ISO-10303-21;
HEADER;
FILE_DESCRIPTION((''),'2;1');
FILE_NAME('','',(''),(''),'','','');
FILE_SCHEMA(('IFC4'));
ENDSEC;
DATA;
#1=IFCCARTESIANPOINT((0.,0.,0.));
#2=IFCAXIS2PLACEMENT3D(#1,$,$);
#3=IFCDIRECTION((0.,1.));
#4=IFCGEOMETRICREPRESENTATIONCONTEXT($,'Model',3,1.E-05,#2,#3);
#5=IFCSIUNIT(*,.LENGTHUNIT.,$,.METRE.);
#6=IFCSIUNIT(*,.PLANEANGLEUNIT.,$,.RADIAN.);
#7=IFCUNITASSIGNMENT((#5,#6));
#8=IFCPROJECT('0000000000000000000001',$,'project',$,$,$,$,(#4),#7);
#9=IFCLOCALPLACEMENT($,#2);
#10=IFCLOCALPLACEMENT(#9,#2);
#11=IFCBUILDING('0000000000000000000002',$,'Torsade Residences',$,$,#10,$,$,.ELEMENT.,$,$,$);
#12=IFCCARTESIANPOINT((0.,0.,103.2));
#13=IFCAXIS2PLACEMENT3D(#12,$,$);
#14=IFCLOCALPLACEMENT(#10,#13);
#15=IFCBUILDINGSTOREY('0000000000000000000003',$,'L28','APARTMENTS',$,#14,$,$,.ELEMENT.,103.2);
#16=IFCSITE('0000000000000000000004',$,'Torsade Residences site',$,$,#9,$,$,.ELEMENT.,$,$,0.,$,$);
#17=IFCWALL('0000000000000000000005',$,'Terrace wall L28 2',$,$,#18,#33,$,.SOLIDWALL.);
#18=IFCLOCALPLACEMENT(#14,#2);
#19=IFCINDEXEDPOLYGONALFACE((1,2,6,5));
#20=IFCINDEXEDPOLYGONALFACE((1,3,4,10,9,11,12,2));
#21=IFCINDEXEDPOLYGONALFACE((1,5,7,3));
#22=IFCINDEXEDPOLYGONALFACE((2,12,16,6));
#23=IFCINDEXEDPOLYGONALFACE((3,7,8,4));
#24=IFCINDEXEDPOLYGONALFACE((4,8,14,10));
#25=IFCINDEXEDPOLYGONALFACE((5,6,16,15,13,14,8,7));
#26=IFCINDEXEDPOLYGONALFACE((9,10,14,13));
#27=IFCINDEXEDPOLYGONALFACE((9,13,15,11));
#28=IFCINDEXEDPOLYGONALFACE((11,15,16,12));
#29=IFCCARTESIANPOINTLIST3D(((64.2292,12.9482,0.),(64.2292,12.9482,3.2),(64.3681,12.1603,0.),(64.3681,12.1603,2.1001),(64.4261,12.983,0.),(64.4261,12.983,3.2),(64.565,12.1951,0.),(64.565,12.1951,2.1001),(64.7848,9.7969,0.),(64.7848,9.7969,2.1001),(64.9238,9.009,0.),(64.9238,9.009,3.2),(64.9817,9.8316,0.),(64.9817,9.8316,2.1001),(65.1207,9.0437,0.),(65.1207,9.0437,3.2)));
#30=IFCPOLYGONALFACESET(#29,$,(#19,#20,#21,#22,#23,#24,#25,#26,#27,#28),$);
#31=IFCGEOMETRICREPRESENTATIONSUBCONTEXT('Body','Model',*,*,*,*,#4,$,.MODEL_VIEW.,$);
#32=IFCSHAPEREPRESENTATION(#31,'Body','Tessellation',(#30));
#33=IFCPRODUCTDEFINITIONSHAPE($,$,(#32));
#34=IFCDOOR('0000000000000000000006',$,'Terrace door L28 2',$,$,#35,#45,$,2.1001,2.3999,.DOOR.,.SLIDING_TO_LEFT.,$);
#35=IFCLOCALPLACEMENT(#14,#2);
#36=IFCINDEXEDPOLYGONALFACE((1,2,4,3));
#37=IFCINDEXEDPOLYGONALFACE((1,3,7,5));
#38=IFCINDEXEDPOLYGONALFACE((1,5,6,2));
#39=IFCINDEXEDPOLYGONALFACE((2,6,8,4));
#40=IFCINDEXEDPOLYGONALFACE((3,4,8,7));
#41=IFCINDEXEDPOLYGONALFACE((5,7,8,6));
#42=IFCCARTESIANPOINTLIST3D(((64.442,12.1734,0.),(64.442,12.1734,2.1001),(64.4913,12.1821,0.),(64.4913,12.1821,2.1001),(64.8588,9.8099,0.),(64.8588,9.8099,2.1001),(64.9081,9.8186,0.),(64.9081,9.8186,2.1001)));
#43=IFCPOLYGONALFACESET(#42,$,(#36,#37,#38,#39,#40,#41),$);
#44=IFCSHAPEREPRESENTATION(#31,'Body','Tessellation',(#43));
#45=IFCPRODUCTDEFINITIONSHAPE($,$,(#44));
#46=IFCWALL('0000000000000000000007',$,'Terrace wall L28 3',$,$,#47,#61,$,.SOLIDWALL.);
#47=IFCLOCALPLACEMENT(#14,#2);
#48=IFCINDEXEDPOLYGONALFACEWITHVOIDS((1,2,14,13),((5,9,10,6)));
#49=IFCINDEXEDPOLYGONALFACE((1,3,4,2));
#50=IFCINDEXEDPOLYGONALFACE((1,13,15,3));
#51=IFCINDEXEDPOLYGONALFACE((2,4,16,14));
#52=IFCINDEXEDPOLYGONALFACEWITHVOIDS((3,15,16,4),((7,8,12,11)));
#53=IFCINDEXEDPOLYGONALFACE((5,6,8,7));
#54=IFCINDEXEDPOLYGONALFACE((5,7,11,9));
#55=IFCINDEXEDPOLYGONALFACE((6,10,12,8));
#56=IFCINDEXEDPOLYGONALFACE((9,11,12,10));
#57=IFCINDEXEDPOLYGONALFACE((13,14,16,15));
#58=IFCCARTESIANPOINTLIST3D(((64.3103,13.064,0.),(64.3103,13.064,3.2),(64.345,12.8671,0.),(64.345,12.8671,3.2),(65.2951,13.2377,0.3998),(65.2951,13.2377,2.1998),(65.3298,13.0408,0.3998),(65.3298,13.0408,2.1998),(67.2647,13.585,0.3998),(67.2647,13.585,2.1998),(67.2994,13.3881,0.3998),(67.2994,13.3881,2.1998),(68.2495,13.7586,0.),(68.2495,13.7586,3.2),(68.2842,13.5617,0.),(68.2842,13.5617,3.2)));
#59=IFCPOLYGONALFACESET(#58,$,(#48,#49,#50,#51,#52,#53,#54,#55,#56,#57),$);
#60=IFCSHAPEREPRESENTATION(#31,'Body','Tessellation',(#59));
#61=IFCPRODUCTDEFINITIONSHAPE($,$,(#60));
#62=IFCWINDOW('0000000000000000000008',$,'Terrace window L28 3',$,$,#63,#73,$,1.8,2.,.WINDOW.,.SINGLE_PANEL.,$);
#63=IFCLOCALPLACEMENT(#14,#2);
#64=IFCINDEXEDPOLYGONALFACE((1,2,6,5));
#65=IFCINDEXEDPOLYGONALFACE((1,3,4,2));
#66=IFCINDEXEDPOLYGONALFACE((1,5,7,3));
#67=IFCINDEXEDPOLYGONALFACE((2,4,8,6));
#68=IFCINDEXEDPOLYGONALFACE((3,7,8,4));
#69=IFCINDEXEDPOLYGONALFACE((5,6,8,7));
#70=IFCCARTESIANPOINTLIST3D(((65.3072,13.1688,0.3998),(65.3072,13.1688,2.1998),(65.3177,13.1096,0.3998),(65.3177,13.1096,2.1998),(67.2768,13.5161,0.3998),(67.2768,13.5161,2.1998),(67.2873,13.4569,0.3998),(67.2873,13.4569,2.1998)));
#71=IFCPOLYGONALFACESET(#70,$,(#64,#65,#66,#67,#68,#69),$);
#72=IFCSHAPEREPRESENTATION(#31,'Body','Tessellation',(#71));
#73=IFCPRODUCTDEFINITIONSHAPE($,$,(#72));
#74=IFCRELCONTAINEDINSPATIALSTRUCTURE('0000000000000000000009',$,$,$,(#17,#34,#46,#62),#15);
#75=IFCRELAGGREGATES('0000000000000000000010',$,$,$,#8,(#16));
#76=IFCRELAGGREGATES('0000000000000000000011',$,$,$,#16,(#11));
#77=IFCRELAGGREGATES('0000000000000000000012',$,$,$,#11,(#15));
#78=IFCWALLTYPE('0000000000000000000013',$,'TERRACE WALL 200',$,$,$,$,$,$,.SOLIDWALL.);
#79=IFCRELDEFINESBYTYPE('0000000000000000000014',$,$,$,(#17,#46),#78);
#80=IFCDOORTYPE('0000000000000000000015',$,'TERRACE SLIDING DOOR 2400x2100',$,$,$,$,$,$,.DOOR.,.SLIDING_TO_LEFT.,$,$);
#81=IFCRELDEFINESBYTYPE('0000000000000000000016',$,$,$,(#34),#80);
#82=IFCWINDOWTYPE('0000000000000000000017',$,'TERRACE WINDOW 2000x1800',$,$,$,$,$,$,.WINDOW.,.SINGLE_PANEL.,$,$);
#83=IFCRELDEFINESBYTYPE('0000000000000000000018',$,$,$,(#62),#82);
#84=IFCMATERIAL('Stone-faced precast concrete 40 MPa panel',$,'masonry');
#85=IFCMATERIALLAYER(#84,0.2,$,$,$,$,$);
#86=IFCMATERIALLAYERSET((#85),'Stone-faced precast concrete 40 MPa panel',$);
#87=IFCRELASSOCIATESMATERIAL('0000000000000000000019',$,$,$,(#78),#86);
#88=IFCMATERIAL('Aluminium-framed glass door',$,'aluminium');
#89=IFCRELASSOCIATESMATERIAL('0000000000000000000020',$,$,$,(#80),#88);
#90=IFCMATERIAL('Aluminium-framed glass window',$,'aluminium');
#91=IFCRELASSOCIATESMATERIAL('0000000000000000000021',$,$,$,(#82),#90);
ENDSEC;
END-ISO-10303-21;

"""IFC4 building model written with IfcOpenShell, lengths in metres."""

from ifc_helpers import new_model, si_unit, direction, frame, frame_2d, origin, place, context, subcontext, project, spatial, rectangle, extrude, material, layer, layer_set, type_object, element, fill, save


model = new_model("IFC4")

# Units and contexts
model_context = context("Model", 3, precision=1e-05, world=origin(), true_north=direction((0.0, 1.0)))
body_context = subcontext(model_context, "Body", "Model", "MODEL_VIEW")
ifc_project = project(units=[si_unit("LENGTHUNIT", "METRE"), si_unit("PLANEANGLEUNIT", "RADIAN")], contexts=[model_context])

# Site, building, storey
site_placement = place(None, origin())
site = spatial("IfcSite", under=ifc_project, at=site_placement, Name="Torsade Residences site", CompositionType="ELEMENT", RefElevation=0.0)
building_placement = place(site_placement, origin())
building = spatial("IfcBuilding", under=site, at=building_placement, Name="Torsade Residences", CompositionType="ELEMENT")
storey_placement = place(building_placement, frame((0.0, 0.0, 103.2)))
storey = spatial("IfcBuildingStorey", under=building, at=storey_placement, Name="L28", Description="APARTMENTS", CompositionType="ELEMENT", Elevation=103.2)

# Wall, opening, door
ifc_material_1 = material(Name="Stone-faced precast concrete 40 MPa panel", Category="masonry")
ifc_layer_1 = layer(ifc_material_1, 0.2)
ifc_layer_set_1 = layer_set([ifc_layer_1], Name="Stone-faced precast concrete 40 MPa panel")
wall_type = type_object("IfcWallType", Name="TERRACE WALL 200", PredefinedType="SOLIDWALL", material=ifc_layer_set_1)
wall_1_placement = place(storey_placement, frame((65.0222, 9.0264, 0.0), z_axis=(0.0, 0.0, 1.0), x_axis=(-0.173646, 0.984808, 0.0)))
wall_1 = element("IfcWall", 1, at=wall_1_placement, inside=storey, type_object=wall_type, Name="Terrace wall L28 2", PredefinedType="SOLIDWALL", context=body_context, shape_type="SweptSolid", body=[
    extrude(rectangle(XDim=4.0, YDim=0.2, at=frame_2d((2.0, 0.0))), origin(), (0.0, 0.0, 1.0), 3.2),
])
opening_1_placement = place(wall_1_placement, frame((0.8, 0.0, 0.0)))
opening_1 = element("IfcOpeningElement", 2, at=opening_1_placement, cuts=wall_1, PredefinedType="OPENING", context=body_context, shape_type="SweptSolid", body=[
    extrude(rectangle(XDim=2.3999, YDim=2.1001, at=frame_2d((1.2, 1.05))), frame((0.0, 0.1099, 0.0), z_axis=(0.0, -1.0, 0.0), x_axis=(1.0, 0.0, 0.0)), (0.0, 0.0, 1.0), 0.22),
])
ifc_material_2 = material(Name="Aluminium-framed glass door", Category="aluminium")
door_type = type_object("IfcDoorType", Name="TERRACE SLIDING DOOR 2400x2100", OperationType="SLIDING_TO_LEFT", PredefinedType="DOOR", material=ifc_material_2)
door_placement = place(opening_1_placement, origin())
door = element("IfcDoor", 3, at=door_placement, inside=storey, type_object=door_type, Name="Terrace door L28 2", OperationType="SLIDING_TO_LEFT", OverallHeight=2.1001, OverallWidth=2.3999, PredefinedType="DOOR", context=body_context, shape_type="SweptSolid", body=[
    extrude(rectangle(XDim=2.3999, YDim=2.1001, at=frame_2d((1.2, 1.05))), frame((0.0, 0.0249, 0.0), z_axis=(0.0, -1.0, 0.0), x_axis=(1.0, 0.0, 0.0)), (0.0, 0.0, 1.0), 0.05),
])
fill(opening_1, door)

# Wall, opening, window
wall_2_placement = place(storey_placement, frame((64.3276, 12.9656, 0.0), z_axis=(0.0, 0.0, 1.0), x_axis=(0.984808, 0.173646, 0.0)))
wall_2 = element("IfcWall", 4, at=wall_2_placement, inside=storey, type_object=wall_type, Name="Terrace wall L28 3", PredefinedType="SOLIDWALL", context=body_context, shape_type="SweptSolid", body=[
    extrude(rectangle(XDim=4.0, YDim=0.2, at=frame_2d((2.0, 0.0))), origin(), (0.0, 0.0, 1.0), 3.2),
])
opening_2_placement = place(wall_2_placement, frame((1.0, 0.0, 0.3999)))
opening_2 = element("IfcOpeningElement", 5, at=opening_2_placement, cuts=wall_2, PredefinedType="OPENING", context=body_context, shape_type="SweptSolid", body=[
    extrude(rectangle(XDim=2.0, YDim=1.8, at=frame_2d((1.0, 0.8999))), frame((0.0, 0.1099, 0.0), z_axis=(0.0, -1.0, 0.0), x_axis=(1.0, 0.0, 0.0)), (0.0, 0.0, 1.0), 0.22),
])
ifc_material_3 = material(Name="Aluminium-framed glass window", Category="aluminium")
window_type = type_object("IfcWindowType", Name="TERRACE WINDOW 2000x1800", PartitioningType="SINGLE_PANEL", PredefinedType="WINDOW", material=ifc_material_3)
window_placement = place(opening_2_placement, origin())
window = element("IfcWindow", 6, at=window_placement, inside=storey, type_object=window_type, Name="Terrace window L28 3", OverallHeight=1.8, OverallWidth=2.0, PartitioningType="SINGLE_PANEL", PredefinedType="WINDOW", context=body_context, shape_type="SweptSolid", body=[
    extrude(rectangle(XDim=2.0, YDim=1.8, at=frame_2d((1.0, 0.8999))), frame((0.0, 0.03, 0.0), z_axis=(0.0, -1.0, 0.0), x_axis=(1.0, 0.0, 0.0)), (0.0, 0.0, 1.0), 0.0601),
])
fill(opening_2, window)

save(model, "model.ifc")
